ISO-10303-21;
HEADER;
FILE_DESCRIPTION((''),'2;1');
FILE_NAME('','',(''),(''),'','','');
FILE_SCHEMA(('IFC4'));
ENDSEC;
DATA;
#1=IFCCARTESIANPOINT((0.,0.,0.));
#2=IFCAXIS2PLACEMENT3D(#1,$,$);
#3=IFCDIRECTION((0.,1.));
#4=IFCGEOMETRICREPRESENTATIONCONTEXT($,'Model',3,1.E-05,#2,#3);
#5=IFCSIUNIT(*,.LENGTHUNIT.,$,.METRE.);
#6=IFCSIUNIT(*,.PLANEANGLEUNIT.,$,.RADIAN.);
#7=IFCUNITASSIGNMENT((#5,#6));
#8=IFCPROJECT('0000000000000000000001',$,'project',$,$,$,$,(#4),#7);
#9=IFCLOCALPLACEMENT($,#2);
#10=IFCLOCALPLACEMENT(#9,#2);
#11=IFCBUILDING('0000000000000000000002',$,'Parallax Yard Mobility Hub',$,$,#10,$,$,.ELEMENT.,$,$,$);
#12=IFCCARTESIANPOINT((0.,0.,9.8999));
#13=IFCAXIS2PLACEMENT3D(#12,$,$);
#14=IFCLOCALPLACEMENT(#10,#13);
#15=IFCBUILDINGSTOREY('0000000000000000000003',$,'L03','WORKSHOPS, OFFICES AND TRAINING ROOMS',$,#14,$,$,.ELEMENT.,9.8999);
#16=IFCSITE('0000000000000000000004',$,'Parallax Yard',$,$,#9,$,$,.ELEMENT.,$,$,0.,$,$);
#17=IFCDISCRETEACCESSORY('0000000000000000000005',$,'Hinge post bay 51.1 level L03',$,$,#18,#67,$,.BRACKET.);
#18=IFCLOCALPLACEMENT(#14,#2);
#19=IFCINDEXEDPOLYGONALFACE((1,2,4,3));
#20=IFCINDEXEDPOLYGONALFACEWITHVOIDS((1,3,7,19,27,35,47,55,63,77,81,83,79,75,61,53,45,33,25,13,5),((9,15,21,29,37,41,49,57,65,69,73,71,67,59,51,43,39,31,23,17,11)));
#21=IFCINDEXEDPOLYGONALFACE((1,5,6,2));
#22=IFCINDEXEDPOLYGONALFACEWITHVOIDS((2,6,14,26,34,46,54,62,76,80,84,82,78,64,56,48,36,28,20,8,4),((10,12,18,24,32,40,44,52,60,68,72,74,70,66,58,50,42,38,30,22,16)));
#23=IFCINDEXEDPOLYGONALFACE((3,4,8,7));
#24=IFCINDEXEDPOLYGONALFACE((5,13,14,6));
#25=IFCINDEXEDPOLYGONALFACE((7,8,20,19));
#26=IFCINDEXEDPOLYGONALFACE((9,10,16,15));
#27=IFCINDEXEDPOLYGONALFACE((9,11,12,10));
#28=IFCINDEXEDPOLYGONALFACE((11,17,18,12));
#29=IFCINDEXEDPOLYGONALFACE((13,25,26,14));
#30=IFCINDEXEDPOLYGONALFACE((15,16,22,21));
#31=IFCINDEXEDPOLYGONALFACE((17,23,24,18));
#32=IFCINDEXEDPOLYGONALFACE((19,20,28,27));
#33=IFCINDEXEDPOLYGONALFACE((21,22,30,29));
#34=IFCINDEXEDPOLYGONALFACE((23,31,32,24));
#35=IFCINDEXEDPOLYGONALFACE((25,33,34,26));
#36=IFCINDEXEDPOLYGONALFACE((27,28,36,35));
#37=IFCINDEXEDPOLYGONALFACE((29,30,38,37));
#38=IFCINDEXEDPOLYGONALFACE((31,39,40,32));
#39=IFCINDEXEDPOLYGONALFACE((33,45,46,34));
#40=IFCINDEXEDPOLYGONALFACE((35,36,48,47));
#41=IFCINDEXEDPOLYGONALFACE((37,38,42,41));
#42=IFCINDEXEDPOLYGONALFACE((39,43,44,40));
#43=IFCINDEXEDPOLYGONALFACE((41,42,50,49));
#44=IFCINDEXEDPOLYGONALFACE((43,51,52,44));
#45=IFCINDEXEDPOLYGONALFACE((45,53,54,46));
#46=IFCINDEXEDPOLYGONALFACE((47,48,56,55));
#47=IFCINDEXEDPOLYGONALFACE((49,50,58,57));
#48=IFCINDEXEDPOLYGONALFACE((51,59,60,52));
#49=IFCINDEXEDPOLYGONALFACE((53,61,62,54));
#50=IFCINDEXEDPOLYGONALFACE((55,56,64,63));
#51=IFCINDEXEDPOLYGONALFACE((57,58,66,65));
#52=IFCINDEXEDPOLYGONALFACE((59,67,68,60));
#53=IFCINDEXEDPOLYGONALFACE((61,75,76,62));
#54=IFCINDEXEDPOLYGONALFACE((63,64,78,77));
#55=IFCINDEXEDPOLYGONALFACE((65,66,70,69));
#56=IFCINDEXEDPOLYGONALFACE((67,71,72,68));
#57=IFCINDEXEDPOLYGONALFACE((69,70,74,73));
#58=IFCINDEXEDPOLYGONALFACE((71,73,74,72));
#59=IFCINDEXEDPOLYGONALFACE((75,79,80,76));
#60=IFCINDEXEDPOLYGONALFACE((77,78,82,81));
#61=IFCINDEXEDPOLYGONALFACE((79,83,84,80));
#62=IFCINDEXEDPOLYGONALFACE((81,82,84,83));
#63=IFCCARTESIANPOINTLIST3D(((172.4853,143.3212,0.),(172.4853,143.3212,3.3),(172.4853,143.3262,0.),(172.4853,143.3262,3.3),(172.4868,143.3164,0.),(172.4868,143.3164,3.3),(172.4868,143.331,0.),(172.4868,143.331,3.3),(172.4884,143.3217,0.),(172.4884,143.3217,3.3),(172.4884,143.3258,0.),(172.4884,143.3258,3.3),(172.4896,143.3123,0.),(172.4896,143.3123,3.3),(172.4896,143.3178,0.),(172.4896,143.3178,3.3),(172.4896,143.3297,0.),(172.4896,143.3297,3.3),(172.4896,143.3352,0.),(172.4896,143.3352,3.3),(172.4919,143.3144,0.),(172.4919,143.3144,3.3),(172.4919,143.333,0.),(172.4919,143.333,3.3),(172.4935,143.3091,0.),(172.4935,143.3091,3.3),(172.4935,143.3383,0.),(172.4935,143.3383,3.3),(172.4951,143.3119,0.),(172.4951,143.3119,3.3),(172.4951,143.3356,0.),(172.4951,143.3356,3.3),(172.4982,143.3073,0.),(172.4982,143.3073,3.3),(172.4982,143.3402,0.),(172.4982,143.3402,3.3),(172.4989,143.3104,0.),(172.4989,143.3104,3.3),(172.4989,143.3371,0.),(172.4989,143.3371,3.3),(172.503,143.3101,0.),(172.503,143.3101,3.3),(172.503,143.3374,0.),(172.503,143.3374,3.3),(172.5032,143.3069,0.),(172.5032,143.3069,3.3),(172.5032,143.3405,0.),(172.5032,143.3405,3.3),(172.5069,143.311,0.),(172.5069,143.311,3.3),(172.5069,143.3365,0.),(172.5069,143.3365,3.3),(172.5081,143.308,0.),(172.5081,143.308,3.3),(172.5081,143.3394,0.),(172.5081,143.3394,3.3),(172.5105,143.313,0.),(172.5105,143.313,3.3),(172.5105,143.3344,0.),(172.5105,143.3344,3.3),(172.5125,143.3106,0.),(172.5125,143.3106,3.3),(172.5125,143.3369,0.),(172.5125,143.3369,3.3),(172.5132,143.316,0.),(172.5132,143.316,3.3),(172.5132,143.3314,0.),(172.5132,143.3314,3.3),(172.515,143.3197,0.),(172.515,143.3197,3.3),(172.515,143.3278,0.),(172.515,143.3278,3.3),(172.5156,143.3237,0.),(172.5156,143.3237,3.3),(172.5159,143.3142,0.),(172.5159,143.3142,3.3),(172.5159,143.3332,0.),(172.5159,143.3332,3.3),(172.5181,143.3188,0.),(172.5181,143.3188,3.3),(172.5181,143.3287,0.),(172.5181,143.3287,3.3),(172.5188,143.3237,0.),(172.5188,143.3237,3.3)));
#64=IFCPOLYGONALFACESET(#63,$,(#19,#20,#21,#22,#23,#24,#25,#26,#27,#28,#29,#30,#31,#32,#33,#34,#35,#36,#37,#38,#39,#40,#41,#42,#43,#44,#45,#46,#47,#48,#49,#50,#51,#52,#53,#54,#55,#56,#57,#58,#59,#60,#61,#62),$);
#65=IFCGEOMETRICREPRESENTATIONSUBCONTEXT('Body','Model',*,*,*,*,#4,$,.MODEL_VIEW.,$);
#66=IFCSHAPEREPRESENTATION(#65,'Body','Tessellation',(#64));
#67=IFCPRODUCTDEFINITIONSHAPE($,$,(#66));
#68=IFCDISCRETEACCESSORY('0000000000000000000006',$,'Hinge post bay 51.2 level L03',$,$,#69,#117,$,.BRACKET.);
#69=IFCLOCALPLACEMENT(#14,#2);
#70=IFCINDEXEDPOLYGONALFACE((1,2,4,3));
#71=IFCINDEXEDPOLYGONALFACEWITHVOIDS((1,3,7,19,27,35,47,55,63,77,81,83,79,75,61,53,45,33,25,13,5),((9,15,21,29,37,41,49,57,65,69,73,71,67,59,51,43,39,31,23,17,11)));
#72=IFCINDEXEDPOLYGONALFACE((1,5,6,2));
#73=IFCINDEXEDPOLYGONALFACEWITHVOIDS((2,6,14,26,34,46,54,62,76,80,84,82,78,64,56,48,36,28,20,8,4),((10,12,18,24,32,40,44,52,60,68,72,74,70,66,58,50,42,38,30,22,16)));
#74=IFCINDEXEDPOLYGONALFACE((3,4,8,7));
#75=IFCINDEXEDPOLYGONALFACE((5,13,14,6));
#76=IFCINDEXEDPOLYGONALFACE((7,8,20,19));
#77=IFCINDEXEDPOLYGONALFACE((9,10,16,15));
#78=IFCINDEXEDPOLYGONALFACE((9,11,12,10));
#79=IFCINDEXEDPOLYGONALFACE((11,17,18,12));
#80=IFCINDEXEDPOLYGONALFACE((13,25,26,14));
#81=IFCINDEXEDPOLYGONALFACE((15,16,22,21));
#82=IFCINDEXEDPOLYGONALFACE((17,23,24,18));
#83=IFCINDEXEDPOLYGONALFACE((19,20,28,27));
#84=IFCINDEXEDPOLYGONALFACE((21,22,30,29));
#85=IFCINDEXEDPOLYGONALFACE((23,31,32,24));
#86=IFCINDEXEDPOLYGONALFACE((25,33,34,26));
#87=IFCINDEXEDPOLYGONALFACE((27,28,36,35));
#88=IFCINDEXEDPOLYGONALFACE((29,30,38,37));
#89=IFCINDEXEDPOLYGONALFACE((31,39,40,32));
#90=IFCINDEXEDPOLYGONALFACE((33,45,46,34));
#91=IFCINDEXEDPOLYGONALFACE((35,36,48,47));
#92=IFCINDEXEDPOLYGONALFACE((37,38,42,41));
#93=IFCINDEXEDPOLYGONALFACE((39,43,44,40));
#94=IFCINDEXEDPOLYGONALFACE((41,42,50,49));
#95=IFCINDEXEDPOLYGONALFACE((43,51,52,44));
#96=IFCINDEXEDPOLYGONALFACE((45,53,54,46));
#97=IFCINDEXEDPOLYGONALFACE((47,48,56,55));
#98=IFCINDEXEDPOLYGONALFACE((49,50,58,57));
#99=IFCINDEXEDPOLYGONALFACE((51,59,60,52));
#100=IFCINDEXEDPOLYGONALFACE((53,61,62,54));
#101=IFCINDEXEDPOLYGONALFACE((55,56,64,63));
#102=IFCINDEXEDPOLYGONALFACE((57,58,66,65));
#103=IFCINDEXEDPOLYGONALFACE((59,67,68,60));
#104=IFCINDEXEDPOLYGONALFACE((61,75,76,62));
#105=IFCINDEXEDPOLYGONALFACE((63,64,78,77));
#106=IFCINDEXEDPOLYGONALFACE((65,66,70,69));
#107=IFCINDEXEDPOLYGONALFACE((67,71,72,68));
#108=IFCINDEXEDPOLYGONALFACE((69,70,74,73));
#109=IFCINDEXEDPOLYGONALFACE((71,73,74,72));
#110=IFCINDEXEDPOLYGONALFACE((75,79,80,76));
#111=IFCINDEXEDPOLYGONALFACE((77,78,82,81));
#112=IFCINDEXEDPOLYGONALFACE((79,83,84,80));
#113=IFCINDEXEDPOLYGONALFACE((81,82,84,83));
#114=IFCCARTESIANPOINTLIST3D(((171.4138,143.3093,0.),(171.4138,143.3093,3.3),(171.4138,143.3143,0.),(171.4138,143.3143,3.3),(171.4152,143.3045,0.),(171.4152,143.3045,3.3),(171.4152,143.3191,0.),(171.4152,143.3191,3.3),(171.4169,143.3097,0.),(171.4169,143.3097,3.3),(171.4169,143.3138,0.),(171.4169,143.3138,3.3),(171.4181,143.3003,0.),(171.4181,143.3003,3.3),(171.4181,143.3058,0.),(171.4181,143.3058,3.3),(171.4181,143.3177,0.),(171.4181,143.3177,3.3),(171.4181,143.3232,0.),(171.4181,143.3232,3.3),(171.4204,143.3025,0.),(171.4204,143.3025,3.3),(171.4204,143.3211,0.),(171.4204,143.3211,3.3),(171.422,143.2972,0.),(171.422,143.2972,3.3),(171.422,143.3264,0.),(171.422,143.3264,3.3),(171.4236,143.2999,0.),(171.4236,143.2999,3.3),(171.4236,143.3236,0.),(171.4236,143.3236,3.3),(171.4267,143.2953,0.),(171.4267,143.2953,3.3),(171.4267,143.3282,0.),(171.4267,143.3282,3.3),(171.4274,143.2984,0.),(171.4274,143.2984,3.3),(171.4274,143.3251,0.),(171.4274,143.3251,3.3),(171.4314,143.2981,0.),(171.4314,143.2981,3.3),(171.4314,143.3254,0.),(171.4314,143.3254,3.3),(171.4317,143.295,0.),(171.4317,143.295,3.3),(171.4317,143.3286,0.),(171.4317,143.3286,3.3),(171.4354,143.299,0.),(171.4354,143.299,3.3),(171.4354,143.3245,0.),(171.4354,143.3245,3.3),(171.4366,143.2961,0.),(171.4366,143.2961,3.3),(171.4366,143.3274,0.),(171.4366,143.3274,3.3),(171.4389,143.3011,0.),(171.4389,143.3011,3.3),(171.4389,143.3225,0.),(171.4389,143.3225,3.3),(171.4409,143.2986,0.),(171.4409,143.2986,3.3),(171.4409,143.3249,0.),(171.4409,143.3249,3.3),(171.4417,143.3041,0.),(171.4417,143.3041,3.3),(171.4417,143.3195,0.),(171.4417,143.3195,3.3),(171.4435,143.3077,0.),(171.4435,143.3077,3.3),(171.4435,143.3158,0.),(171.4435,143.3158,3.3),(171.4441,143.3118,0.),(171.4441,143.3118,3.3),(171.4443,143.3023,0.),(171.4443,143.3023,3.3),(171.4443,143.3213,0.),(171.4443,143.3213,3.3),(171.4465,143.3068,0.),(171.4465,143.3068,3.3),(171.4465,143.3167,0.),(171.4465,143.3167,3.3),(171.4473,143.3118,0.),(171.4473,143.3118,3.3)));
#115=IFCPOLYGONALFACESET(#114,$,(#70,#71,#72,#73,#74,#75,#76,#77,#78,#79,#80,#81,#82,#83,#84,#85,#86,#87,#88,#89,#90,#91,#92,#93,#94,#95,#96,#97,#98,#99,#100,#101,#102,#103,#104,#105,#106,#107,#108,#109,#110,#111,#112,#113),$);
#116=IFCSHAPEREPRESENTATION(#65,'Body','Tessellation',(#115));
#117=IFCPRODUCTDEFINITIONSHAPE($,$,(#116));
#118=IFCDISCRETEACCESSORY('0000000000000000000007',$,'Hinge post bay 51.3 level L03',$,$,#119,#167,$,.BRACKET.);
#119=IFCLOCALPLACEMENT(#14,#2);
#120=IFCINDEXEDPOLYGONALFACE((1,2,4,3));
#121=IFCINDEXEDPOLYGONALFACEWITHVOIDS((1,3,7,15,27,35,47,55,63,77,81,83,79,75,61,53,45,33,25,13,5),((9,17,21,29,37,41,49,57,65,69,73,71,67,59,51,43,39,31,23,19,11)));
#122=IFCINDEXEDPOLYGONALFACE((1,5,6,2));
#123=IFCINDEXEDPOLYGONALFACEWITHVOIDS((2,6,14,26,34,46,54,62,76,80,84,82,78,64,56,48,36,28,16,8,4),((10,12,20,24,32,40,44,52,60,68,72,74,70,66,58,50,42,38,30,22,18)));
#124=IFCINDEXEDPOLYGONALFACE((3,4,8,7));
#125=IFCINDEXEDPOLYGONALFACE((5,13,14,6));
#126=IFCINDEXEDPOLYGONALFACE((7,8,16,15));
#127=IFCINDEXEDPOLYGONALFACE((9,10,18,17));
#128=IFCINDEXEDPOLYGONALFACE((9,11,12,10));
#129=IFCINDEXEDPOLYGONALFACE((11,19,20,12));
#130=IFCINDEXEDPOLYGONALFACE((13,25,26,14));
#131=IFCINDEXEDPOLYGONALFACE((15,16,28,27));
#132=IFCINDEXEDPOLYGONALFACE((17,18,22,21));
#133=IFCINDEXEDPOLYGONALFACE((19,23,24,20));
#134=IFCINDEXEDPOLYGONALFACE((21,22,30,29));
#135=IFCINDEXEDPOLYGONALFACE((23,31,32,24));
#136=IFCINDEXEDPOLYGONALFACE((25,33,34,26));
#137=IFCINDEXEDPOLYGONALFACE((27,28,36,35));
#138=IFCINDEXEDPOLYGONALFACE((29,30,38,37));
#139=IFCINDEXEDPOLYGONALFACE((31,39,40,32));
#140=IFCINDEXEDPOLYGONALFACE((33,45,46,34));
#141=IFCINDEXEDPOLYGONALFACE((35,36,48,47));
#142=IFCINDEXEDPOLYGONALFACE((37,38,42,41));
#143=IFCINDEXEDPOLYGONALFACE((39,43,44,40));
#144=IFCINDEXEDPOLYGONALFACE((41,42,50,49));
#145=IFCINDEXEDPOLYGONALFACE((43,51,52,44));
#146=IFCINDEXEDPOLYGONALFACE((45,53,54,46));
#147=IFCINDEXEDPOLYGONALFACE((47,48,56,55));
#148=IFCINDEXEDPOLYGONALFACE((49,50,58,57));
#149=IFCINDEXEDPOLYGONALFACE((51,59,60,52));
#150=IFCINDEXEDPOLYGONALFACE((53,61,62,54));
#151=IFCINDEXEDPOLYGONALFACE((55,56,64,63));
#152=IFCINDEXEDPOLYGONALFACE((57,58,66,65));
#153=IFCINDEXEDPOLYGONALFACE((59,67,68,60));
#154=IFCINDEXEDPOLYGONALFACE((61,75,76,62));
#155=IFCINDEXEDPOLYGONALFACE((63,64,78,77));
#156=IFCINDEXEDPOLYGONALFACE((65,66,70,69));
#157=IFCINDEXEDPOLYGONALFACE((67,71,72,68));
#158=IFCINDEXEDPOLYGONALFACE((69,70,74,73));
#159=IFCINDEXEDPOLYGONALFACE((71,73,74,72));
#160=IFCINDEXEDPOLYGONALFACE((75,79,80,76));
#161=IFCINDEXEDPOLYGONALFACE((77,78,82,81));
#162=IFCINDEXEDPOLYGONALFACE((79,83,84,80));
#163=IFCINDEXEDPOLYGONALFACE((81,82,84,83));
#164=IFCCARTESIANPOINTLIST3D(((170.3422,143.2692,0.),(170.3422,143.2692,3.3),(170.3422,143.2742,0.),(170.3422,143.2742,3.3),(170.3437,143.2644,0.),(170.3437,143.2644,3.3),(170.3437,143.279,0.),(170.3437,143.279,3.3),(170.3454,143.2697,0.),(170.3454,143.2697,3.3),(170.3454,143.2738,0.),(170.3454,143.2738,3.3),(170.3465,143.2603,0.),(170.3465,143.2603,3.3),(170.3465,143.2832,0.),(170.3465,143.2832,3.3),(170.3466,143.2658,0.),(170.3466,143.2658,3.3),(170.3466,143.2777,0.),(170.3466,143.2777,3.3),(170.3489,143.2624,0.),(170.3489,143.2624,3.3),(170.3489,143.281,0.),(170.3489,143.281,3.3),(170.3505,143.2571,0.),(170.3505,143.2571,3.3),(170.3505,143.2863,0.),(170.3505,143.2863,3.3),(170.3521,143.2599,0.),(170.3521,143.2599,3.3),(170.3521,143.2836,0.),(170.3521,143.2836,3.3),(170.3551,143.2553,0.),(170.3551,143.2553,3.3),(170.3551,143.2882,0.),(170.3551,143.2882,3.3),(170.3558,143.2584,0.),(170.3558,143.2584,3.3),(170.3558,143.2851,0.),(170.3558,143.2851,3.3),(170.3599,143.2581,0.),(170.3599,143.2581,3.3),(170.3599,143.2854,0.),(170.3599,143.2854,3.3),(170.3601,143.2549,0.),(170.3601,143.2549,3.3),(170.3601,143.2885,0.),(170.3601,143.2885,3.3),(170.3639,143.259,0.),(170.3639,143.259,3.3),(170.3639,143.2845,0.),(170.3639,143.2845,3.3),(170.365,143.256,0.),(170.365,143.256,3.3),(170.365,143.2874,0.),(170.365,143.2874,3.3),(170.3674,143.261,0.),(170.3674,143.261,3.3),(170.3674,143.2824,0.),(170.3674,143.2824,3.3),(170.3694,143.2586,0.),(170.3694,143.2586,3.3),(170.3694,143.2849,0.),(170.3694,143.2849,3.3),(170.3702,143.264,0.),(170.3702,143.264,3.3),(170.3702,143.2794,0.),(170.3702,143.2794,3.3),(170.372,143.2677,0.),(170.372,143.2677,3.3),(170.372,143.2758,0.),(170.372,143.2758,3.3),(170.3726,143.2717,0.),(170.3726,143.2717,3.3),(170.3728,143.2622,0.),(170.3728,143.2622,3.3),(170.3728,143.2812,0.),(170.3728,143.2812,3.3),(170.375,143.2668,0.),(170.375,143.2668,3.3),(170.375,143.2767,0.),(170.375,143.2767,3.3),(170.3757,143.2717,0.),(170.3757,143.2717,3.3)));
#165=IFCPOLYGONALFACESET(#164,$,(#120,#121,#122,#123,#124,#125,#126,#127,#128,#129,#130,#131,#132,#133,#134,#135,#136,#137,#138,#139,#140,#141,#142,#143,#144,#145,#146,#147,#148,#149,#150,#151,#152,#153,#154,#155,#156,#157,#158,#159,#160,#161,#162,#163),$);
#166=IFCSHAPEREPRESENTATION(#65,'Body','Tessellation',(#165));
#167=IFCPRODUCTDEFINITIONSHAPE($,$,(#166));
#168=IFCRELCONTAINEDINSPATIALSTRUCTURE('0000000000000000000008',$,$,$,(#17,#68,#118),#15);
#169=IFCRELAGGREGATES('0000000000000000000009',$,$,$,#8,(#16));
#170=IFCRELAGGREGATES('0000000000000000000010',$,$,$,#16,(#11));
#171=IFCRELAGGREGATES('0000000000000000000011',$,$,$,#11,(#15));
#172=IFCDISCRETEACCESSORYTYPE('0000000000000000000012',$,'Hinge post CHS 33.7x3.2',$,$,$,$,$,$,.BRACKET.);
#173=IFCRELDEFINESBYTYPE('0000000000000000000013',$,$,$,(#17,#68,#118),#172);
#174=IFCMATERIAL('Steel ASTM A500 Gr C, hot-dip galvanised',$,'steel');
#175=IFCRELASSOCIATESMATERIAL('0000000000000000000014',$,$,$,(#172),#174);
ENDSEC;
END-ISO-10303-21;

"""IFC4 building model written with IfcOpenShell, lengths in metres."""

from ifc_helpers import new_model, si_unit, direction, frame, origin, origin_2d, place, context, subcontext, project, spatial, hollow_circle, extrude, material, material_profile, profile_set, type_object, element, save


model = new_model("IFC4")

# Units and contexts
model_context = context("Model", 3, precision=1e-05, world=origin(), true_north=direction((0.0, 1.0)))
body_context = subcontext(model_context, "Body", "Model", "MODEL_VIEW")
ifc_project = project(units=[si_unit("LENGTHUNIT", "METRE"), si_unit("PLANEANGLEUNIT", "RADIAN")], contexts=[model_context])

# Site, building, storey
site_placement = place(None, origin())
site = spatial("IfcSite", under=ifc_project, at=site_placement, Name="Parallax Yard", CompositionType="ELEMENT", RefElevation=0.0)
building_placement = place(site_placement, origin())
building = spatial("IfcBuilding", under=site, at=building_placement, Name="Parallax Yard Mobility Hub", CompositionType="ELEMENT")
storey_placement = place(building_placement, frame((0.0, 0.0, 9.8999)))
storey = spatial("IfcBuildingStorey", under=building, at=storey_placement, Name="L03", Description="WORKSHOPS, OFFICES AND TRAINING ROOMS", CompositionType="ELEMENT", Elevation=9.8999)

# Discrete accessories
ifc_material_1 = material(Name="Steel ASTM A500 Gr C, hot-dip galvanised", Category="steel")
ifc_material_profile_1 = material_profile(ifc_material_1, hollow_circle(Radius=0.0168, WallThickness=0.0032, at=origin_2d()), Name="CHS 33.7x3.2")
ifc_profile_set_1 = profile_set([ifc_material_profile_1], Name="Steel ASTM A500 Gr C, hot-dip galvanised")
discrete_accessory_type_1 = type_object("IfcDiscreteAccessoryType", Name="Hinge post CHS 33.7x3.2", PredefinedType="BRACKET", material=ifc_profile_set_1)
for number, where, z_axis, x_axis, name in (
    (1, (172.502, 143.3237, 0.0), (0.0, 0.0, 1.0), (1.0, 0.0, 0.0), "Hinge post bay 51.1 level L03"),
    (2, (171.4304, 143.3118, 0.0), (0.0, 0.0, 1.0), (1.0, 0.0, 0.0), "Hinge post bay 51.2 level L03"),
    (3, (170.3589, 143.2717, 0.0), (0.0, 0.0, 1.0), (1.0, 0.0, 0.0), "Hinge post bay 51.3 level L03"),
):
    element("IfcDiscreteAccessory", number, at=place(storey_placement, frame(where, z_axis=z_axis, x_axis=x_axis)), inside=storey, type_object=discrete_accessory_type_1, Name=name, PredefinedType="BRACKET", context=body_context, shape_type="SweptSolid", body=[
        extrude(hollow_circle(Radius=0.0168, WallThickness=0.0032, at=origin_2d()), origin(), (0.0, 0.0, 1.0), 3.3),
    ])

save(model, "model.ifc")
